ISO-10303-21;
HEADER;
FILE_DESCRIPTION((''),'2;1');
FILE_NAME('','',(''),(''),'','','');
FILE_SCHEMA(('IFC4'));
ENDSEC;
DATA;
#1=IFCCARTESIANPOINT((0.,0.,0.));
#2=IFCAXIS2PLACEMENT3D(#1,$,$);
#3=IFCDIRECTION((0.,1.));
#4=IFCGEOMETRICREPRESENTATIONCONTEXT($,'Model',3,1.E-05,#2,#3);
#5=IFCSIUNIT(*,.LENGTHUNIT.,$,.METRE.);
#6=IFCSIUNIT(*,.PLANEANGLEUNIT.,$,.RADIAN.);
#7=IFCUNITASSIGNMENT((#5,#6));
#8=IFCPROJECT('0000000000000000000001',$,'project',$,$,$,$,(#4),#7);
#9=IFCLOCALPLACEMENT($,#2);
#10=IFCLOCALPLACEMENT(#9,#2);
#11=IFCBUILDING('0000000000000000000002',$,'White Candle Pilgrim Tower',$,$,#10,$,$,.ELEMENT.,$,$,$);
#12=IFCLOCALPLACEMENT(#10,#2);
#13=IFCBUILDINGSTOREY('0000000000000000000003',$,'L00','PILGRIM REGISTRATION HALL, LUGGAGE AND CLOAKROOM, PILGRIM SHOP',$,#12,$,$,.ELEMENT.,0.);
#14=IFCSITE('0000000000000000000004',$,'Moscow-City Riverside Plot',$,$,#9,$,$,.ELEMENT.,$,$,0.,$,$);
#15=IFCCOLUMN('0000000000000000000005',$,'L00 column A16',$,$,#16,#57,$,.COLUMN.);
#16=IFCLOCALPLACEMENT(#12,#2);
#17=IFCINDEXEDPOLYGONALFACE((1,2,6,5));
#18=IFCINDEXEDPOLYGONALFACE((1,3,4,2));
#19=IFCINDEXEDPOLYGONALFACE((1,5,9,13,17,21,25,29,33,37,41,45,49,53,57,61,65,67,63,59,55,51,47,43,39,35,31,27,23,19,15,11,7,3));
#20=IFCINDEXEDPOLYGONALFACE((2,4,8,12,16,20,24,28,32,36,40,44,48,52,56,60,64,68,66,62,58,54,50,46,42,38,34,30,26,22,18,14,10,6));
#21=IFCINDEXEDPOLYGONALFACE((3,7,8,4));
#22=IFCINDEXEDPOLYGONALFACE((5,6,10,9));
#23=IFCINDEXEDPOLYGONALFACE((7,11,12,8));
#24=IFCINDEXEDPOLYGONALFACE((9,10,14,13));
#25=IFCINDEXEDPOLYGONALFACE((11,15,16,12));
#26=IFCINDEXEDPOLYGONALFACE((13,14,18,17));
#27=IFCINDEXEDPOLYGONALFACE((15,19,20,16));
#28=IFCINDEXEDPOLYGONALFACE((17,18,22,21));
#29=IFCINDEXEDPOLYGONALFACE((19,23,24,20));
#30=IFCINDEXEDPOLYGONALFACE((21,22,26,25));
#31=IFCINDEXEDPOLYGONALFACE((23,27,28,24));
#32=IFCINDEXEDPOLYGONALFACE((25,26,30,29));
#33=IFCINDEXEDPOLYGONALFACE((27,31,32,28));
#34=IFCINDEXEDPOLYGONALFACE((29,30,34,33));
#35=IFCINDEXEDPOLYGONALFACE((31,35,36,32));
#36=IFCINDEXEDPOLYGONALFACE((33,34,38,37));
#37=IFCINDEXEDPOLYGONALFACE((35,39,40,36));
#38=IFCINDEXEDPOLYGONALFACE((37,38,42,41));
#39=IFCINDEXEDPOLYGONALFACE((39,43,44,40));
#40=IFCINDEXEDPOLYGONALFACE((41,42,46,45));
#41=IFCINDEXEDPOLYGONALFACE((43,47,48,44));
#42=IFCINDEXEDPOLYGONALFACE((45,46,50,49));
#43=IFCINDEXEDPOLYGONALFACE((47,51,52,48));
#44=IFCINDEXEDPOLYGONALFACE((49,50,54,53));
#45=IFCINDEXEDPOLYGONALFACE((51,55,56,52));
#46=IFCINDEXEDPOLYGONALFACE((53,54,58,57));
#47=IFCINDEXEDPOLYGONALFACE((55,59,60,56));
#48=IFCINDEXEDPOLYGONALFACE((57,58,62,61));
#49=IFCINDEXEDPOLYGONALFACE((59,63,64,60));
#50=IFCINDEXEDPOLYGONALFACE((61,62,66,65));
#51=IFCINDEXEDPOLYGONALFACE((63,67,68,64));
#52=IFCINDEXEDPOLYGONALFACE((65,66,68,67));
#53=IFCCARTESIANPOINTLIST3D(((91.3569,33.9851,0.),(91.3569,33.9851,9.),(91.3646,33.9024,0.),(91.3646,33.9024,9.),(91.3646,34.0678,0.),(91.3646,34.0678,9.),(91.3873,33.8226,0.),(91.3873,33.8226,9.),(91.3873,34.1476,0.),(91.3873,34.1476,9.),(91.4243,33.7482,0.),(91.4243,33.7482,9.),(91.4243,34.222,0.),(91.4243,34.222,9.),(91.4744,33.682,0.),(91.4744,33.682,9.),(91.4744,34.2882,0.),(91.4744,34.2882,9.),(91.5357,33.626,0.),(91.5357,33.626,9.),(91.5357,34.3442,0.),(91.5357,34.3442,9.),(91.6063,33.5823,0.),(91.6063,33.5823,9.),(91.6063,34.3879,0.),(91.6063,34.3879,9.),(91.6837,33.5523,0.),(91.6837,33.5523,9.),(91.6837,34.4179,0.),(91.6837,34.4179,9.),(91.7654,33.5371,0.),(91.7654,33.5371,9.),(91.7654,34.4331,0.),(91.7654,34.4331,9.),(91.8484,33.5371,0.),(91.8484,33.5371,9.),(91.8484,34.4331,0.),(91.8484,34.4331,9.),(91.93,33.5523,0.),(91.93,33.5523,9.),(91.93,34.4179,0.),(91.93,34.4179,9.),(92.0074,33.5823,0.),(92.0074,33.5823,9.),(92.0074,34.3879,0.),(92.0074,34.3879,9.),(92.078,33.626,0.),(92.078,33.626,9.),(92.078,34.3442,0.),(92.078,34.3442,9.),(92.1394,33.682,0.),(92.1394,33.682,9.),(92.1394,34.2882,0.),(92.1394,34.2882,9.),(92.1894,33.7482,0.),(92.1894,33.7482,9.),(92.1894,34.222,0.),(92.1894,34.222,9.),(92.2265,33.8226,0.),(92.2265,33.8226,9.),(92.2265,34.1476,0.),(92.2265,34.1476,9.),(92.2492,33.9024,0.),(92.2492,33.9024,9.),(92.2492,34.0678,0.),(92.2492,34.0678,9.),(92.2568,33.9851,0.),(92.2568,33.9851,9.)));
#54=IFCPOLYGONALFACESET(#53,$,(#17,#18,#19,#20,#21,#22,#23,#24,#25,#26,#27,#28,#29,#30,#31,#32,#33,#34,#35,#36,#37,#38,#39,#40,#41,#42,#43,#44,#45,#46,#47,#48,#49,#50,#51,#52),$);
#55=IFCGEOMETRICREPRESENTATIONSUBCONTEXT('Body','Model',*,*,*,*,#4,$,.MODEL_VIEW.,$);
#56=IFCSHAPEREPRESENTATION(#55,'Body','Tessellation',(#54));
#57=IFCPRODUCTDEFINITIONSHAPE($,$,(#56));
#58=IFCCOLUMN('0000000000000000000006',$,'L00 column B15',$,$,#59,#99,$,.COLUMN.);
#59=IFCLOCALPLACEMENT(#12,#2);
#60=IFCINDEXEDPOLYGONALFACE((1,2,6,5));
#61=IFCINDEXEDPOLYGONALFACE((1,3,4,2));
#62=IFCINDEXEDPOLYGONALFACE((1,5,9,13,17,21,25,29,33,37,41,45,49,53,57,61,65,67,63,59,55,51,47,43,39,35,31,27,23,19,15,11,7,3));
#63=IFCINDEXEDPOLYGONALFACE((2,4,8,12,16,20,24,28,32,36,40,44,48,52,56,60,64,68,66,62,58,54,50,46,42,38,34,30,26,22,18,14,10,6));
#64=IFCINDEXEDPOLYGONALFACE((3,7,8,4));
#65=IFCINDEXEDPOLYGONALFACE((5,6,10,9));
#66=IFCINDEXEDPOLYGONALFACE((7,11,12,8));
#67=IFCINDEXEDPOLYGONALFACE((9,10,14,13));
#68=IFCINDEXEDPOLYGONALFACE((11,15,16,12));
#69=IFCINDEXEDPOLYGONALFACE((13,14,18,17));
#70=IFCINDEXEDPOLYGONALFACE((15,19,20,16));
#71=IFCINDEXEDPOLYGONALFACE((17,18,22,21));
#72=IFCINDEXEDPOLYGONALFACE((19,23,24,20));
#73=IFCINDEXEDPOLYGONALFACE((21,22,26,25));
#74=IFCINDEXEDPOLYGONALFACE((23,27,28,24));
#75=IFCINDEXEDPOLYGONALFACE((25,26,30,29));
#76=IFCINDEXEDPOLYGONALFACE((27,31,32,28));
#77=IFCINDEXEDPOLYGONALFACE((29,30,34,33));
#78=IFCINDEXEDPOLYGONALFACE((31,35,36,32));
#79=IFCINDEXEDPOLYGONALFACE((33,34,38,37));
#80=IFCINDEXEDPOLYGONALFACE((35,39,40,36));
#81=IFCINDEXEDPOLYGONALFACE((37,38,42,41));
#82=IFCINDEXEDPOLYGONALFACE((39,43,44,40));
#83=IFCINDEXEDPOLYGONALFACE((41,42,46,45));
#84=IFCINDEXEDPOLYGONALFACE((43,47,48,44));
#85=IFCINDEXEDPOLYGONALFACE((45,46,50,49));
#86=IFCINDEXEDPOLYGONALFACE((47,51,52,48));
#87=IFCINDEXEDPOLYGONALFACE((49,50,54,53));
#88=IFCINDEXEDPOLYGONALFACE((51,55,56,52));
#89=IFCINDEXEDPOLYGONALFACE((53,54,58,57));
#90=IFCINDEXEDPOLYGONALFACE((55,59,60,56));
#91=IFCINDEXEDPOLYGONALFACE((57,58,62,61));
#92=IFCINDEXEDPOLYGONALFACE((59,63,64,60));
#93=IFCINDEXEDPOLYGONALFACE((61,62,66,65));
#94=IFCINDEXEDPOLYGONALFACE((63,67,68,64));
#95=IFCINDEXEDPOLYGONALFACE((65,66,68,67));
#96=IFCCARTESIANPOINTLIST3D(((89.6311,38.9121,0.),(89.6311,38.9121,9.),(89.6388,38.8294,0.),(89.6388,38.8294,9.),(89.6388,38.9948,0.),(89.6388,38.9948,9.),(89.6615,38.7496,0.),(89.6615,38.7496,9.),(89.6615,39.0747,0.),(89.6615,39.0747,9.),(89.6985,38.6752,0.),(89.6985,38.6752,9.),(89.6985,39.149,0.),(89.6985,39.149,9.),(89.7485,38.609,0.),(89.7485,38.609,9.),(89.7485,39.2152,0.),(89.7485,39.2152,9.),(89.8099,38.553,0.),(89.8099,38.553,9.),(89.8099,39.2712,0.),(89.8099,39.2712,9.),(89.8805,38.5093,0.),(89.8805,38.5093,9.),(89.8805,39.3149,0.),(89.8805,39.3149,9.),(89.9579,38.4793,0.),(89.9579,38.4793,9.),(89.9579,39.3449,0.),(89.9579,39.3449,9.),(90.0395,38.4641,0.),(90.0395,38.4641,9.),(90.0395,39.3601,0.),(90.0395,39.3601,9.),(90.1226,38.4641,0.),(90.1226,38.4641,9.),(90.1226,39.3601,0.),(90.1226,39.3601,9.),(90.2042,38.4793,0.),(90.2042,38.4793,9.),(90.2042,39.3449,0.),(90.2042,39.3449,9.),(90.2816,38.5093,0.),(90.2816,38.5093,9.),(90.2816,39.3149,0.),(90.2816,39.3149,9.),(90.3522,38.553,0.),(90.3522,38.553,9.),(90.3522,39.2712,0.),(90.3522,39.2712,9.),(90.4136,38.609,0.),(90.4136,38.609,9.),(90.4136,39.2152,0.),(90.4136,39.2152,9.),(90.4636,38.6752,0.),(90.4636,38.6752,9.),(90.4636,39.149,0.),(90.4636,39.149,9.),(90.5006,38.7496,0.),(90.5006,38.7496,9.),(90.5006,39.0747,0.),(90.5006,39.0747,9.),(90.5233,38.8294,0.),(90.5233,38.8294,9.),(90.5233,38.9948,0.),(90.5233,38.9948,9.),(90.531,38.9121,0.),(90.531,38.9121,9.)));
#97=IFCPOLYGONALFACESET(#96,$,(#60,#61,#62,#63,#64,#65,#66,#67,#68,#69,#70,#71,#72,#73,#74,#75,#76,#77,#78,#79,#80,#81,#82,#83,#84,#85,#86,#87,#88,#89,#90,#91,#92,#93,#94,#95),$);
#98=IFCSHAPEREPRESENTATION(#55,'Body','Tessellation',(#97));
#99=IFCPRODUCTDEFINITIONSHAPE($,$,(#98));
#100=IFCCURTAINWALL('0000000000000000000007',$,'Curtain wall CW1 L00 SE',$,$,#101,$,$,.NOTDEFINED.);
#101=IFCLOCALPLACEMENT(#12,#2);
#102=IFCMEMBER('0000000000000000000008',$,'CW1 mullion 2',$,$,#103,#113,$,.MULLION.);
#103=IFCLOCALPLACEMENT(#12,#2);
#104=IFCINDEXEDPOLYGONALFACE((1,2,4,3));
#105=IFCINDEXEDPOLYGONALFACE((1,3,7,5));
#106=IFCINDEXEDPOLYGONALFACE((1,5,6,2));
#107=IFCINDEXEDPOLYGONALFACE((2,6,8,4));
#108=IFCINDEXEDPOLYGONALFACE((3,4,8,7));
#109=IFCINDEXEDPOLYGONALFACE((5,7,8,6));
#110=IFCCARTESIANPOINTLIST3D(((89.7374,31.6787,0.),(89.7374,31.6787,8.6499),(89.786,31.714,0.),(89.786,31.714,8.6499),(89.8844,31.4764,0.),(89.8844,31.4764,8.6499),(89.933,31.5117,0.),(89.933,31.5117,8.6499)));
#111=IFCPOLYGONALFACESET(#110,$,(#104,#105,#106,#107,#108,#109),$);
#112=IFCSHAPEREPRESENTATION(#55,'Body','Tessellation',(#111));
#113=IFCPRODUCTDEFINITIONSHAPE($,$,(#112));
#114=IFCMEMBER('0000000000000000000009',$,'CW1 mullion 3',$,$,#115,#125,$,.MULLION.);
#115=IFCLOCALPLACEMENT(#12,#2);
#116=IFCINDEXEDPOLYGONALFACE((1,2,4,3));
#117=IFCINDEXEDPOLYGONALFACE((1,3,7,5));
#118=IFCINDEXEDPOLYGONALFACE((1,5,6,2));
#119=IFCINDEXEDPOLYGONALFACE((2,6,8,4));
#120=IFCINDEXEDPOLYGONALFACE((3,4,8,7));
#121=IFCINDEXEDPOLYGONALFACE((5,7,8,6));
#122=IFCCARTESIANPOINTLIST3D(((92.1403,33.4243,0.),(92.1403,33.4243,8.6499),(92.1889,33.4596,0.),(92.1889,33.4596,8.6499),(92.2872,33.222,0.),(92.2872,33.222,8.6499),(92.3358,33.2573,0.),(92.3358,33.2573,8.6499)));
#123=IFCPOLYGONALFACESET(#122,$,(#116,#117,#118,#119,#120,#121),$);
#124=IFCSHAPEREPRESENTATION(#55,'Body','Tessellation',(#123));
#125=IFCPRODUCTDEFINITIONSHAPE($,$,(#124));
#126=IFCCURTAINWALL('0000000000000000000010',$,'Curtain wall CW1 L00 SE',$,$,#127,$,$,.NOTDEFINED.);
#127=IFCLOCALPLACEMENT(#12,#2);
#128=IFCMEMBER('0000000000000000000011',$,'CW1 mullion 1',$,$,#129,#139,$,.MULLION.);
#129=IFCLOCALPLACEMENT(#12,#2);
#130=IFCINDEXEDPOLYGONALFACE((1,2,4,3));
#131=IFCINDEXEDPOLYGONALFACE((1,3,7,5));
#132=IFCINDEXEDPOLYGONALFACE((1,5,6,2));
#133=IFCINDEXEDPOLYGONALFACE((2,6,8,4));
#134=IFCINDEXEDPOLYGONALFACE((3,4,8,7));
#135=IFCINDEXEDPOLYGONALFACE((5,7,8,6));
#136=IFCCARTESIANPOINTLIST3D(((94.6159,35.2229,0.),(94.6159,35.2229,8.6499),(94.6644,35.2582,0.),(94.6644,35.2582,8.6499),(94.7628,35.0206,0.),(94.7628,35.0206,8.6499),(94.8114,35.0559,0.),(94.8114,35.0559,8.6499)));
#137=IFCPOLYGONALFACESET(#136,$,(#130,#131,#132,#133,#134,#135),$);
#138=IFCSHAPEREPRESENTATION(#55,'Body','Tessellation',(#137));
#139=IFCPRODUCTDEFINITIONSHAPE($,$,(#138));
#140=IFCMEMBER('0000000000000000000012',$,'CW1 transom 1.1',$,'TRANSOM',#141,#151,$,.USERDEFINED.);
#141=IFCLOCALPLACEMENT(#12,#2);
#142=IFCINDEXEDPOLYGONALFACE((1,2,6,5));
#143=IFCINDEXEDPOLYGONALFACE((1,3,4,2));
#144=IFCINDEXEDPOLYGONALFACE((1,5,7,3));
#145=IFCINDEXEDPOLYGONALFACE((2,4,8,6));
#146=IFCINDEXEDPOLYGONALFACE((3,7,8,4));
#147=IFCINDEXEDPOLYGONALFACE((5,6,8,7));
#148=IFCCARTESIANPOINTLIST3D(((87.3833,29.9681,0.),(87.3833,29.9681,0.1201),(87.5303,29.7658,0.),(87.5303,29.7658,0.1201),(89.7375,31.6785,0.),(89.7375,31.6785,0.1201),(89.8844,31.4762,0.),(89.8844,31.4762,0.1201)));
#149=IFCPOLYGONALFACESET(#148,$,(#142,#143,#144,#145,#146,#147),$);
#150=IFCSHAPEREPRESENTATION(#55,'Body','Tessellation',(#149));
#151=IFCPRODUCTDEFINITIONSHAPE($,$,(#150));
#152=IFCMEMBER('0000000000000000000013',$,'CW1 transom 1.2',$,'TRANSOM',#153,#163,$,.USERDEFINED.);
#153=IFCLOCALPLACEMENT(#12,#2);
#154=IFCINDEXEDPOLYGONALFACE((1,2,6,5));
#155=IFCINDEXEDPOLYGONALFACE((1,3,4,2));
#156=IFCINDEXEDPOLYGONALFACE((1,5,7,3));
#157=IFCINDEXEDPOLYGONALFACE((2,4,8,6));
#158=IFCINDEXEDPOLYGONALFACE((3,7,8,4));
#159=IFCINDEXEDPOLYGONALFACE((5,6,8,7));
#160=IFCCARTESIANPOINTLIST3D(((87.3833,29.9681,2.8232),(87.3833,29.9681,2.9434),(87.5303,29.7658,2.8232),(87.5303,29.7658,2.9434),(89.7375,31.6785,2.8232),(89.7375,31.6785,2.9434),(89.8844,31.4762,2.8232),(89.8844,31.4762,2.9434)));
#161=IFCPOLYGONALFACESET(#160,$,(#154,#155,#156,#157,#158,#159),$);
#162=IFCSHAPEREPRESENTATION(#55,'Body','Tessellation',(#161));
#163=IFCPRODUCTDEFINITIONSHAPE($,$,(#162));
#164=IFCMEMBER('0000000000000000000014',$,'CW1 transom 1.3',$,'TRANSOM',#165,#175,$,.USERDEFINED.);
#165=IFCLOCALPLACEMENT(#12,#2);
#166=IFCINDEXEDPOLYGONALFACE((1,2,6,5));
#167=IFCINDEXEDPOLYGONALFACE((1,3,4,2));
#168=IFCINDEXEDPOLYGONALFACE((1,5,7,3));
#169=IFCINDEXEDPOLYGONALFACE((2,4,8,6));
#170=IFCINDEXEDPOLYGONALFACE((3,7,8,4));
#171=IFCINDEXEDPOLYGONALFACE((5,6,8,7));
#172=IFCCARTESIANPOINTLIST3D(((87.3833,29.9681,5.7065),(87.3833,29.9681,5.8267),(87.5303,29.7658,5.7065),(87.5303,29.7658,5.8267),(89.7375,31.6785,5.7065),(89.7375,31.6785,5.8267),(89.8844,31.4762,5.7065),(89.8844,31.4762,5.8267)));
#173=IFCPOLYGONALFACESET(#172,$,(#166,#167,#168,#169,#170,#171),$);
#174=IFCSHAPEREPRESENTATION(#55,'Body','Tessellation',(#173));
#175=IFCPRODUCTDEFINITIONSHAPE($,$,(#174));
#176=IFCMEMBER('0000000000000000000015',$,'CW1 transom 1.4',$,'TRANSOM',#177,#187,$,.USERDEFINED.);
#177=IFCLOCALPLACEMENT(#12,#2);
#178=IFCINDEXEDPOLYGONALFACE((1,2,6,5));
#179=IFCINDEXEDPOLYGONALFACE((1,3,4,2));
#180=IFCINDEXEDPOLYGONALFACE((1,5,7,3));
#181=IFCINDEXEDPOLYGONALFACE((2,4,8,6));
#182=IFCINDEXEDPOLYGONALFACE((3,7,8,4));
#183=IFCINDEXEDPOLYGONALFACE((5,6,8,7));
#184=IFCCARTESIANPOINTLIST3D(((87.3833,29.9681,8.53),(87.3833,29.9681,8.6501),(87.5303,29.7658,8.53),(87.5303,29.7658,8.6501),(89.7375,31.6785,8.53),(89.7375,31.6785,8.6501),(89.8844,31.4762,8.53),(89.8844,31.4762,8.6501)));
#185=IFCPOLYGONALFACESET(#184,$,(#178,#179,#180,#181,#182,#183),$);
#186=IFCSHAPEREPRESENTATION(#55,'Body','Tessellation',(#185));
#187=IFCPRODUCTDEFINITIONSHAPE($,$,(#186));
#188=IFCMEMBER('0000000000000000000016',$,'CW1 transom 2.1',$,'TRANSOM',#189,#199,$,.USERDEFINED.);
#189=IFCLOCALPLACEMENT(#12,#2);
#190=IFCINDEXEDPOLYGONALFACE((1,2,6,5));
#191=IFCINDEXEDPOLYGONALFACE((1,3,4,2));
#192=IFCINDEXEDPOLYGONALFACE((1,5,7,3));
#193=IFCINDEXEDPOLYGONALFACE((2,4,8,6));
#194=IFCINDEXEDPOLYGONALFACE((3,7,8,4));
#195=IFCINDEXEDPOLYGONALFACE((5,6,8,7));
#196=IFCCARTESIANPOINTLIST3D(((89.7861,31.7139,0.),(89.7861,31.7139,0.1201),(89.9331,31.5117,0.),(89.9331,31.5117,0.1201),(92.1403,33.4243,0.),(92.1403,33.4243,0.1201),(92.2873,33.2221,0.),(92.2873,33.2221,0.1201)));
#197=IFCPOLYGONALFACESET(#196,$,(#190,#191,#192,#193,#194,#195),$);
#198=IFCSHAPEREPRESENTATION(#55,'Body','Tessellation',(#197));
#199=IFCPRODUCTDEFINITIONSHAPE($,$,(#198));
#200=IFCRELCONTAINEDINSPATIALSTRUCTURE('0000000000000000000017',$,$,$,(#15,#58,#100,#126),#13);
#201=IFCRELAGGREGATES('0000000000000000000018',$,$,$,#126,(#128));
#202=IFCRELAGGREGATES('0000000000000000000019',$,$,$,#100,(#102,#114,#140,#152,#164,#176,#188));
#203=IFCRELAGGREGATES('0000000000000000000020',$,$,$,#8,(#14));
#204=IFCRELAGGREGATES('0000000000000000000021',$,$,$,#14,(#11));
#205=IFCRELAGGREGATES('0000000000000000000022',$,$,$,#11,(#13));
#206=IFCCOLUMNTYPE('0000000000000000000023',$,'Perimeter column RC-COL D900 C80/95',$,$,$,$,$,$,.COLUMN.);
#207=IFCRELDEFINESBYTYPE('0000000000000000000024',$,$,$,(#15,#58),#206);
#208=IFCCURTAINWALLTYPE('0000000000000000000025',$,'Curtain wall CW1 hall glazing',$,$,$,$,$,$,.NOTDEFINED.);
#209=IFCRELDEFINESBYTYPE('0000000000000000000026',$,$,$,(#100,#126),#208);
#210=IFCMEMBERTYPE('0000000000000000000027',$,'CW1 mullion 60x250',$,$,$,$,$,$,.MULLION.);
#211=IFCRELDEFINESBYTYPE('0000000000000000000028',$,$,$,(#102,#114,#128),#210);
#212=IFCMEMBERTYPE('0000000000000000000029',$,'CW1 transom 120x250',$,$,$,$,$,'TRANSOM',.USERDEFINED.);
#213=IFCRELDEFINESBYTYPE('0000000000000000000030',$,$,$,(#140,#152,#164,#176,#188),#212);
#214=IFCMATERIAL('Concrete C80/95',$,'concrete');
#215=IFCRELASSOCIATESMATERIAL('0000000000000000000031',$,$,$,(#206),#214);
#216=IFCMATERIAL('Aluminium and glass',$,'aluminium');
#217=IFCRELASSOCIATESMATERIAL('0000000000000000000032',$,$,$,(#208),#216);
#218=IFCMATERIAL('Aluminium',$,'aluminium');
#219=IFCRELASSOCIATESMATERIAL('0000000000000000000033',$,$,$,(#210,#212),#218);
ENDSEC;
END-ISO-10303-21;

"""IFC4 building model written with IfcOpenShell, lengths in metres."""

from ifc_helpers import new_model, si_unit, direction, frame, origin, origin_2d, place, context, subcontext, project, spatial, rectangle, circle, extrude, material, material_profile, profile_set, type_object, element, aggregate, save


model = new_model("IFC4")

# Units and contexts
model_context = context("Model", 3, precision=1e-05, world=origin(), true_north=direction((0.0, 1.0)))
body_context = subcontext(model_context, "Body", "Model", "MODEL_VIEW")
ifc_project = project(units=[si_unit("LENGTHUNIT", "METRE"), si_unit("PLANEANGLEUNIT", "RADIAN")], contexts=[model_context])

# Site, building, storey
site_placement = place(None, origin())
site = spatial("IfcSite", under=ifc_project, at=site_placement, Name="Moscow-City Riverside Plot", CompositionType="ELEMENT", RefElevation=0.0)
building_placement = place(site_placement, origin())
building = spatial("IfcBuilding", under=site, at=building_placement, Name="White Candle Pilgrim Tower", CompositionType="ELEMENT")
storey_placement = place(building_placement, origin())
storey = spatial("IfcBuildingStorey", under=building, at=storey_placement, Name="L00", Description="PILGRIM REGISTRATION HALL, LUGGAGE AND CLOAKROOM, PILGRIM SHOP", CompositionType="ELEMENT", Elevation=0.0)

# Columns
ifc_material_1 = material(Name="Concrete C80/95", Category="concrete")
ifc_material_profile_1 = material_profile(ifc_material_1, circle(Radius=0.45, at=origin_2d()), Name="RC-COL D900")
ifc_profile_set_1 = profile_set([ifc_material_profile_1], Name="Concrete C80/95")
column_type = type_object("IfcColumnType", Name="Perimeter column RC-COL D900 C80/95", PredefinedType="COLUMN", material=ifc_profile_set_1)
for number, where, z_axis, x_axis, name in (
    (1, (91.8069, 33.9851, 0.0), (0.0, 0.0, 1.0), (1.0, 0.0, 0.0), "L00 column A16"),
    (2, (90.0811, 38.9121, 0.0), (0.0, 0.0, 1.0), (1.0, 0.0, 0.0), "L00 column B15"),
):
    element("IfcColumn", number, at=place(storey_placement, frame(where, z_axis=z_axis, x_axis=x_axis)), inside=storey, type_object=column_type, Name=name, PredefinedType="COLUMN", context=body_context, shape_type="SweptSolid", body=[
        extrude(circle(Radius=0.45, at=origin_2d()), origin(), (0.0, 0.0, 1.0), 9.0),
    ])

# Curtain wall, members
ifc_material_2 = material(Name="Aluminium and glass", Category="aluminium")
curtain_wall_type = type_object("IfcCurtainWallType", Name="Curtain wall CW1 hall glazing", PredefinedType="NOTDEFINED", material=ifc_material_2)
curtain_wall_1_placement = place(storey_placement, origin())
curtain_wall_1 = element("IfcCurtainWall", 3, at=curtain_wall_1_placement, inside=storey, type_object=curtain_wall_type, Name="Curtain wall CW1 L00 SE", PredefinedType="NOTDEFINED")
ifc_material_3 = material(Name="Aluminium", Category="aluminium")
ifc_material_profile_2 = material_profile(ifc_material_3, rectangle(XDim=0.25, YDim=0.0601, at=origin_2d()), Name="CW1 mullion 60x250")
ifc_profile_set_2 = profile_set([ifc_material_profile_2], Name="Aluminium")
member_type_1 = type_object("IfcMemberType", Name="CW1 mullion 60x250", PredefinedType="MULLION", material=ifc_profile_set_2)
member_1_placement = place(storey_placement, frame((89.8352, 31.5952, 0.0), z_axis=(0.0, 0.0, 1.0), x_axis=(-0.587785, 0.809017, 0.0)))
member_1 = element("IfcMember", 4, at=member_1_placement, type_object=member_type_1, Name="CW1 mullion 2", PredefinedType="MULLION", context=body_context, shape_type="SweptSolid", body=[
    extrude(rectangle(XDim=0.25, YDim=0.0601, at=origin_2d()), origin(), (0.0, 0.0, 1.0), 8.6499),
])
member_2_placement = place(storey_placement, frame((92.238, 33.3408, 0.0), z_axis=(0.0, 0.0, 1.0), x_axis=(-0.587785, 0.809017, 0.0)))
member_2 = element("IfcMember", 5, at=member_2_placement, type_object=member_type_1, Name="CW1 mullion 3", PredefinedType="MULLION", context=body_context, shape_type="SweptSolid", body=[
    extrude(rectangle(XDim=0.25, YDim=0.0601, at=origin_2d()), origin(), (0.0, 0.0, 1.0), 8.6499),
])

# Curtain wall, member
curtain_wall_2_placement = place(storey_placement, origin())
curtain_wall_2 = element("IfcCurtainWall", 6, at=curtain_wall_2_placement, inside=storey, type_object=curtain_wall_type, Name="Curtain wall CW1 L00 SE", PredefinedType="NOTDEFINED")
member_3_placement = place(storey_placement, frame((94.7136, 35.1394, 0.0), z_axis=(0.0, 0.0, 1.0), x_axis=(-0.587785, 0.809017, 0.0)))
member_3 = element("IfcMember", 7, at=member_3_placement, type_object=member_type_1, Name="CW1 mullion 1", PredefinedType="MULLION", context=body_context, shape_type="SweptSolid", body=[
    extrude(rectangle(XDim=0.25, YDim=0.0601, at=origin_2d()), origin(), (0.0, 0.0, 1.0), 8.6499),
])

# Members
ifc_material_profile_3 = material_profile(ifc_material_3, rectangle(XDim=0.25, YDim=0.1201, at=origin_2d()), Name="CW1 transom 120x250")
ifc_profile_set_3 = profile_set([ifc_material_profile_3], Name="Aluminium")
member_type_2 = type_object("IfcMemberType", Name="CW1 transom 120x250", ElementType="TRANSOM", PredefinedType="USERDEFINED", material=ifc_profile_set_3)
member_4_placement = place(storey_placement, frame((87.4568, 29.8669, 0.0601), z_axis=(0.809019, 0.587783, 0.0), x_axis=(-0.587783, 0.809019, 0.0)))
member_4 = element("IfcMember", 8, at=member_4_placement, type_object=member_type_2, Name="CW1 transom 1.1", ObjectType="TRANSOM", PredefinedType="USERDEFINED", context=body_context, shape_type="SweptSolid", body=[
    extrude(rectangle(XDim=0.25, YDim=0.1201, at=origin_2d()), origin(), (0.0, 0.0, 1.0), 2.9099),
])
member_5_placement = place(storey_placement, frame((87.4568, 29.8669, 2.8833), z_axis=(0.809019, 0.587783, 0.0), x_axis=(-0.587783, 0.809019, 0.0)))
member_5 = element("IfcMember", 9, at=member_5_placement, type_object=member_type_2, Name="CW1 transom 1.2", ObjectType="TRANSOM", PredefinedType="USERDEFINED", context=body_context, shape_type="SweptSolid", body=[
    extrude(rectangle(XDim=0.25, YDim=0.1201, at=origin_2d()), origin(), (0.0, 0.0, 1.0), 2.9099),
])
member_6_placement = place(storey_placement, frame((87.4568, 29.8669, 5.7666), z_axis=(0.809019, 0.587783, 0.0), x_axis=(-0.587783, 0.809019, 0.0)))
member_6 = element("IfcMember", 10, at=member_6_placement, type_object=member_type_2, Name="CW1 transom 1.3", ObjectType="TRANSOM", PredefinedType="USERDEFINED", context=body_context, shape_type="SweptSolid", body=[
    extrude(rectangle(XDim=0.25, YDim=0.1201, at=origin_2d()), origin(), (0.0, 0.0, 1.0), 2.9099),
])
member_7_placement = place(storey_placement, frame((87.4568, 29.8669, 8.5901), z_axis=(0.809019, 0.587783, 0.0), x_axis=(-0.587783, 0.809019, 0.0)))
member_7 = element("IfcMember", 11, at=member_7_placement, type_object=member_type_2, Name="CW1 transom 1.4", ObjectType="TRANSOM", PredefinedType="USERDEFINED", context=body_context, shape_type="SweptSolid", body=[
    extrude(rectangle(XDim=0.25, YDim=0.1201, at=origin_2d()), origin(), (0.0, 0.0, 1.0), 2.9099),
])
member_8_placement = place(storey_placement, frame((89.8596, 31.6128, 0.0601), z_axis=(0.809019, 0.587783, 0.0), x_axis=(-0.587783, 0.809019, 0.0)))
member_8 = element("IfcMember", 12, at=member_8_placement, type_object=member_type_2, Name="CW1 transom 2.1", ObjectType="TRANSOM", PredefinedType="USERDEFINED", context=body_context, shape_type="SweptSolid", body=[
    extrude(rectangle(XDim=0.25, YDim=0.1201, at=origin_2d()), origin(), (0.0, 0.0, 1.0), 2.9099),
])
aggregate(curtain_wall_2, [member_3])

aggregate(curtain_wall_1, [member_1, member_2, member_4, member_5, member_6, member_7, member_8])

save(model, "model.ifc")
